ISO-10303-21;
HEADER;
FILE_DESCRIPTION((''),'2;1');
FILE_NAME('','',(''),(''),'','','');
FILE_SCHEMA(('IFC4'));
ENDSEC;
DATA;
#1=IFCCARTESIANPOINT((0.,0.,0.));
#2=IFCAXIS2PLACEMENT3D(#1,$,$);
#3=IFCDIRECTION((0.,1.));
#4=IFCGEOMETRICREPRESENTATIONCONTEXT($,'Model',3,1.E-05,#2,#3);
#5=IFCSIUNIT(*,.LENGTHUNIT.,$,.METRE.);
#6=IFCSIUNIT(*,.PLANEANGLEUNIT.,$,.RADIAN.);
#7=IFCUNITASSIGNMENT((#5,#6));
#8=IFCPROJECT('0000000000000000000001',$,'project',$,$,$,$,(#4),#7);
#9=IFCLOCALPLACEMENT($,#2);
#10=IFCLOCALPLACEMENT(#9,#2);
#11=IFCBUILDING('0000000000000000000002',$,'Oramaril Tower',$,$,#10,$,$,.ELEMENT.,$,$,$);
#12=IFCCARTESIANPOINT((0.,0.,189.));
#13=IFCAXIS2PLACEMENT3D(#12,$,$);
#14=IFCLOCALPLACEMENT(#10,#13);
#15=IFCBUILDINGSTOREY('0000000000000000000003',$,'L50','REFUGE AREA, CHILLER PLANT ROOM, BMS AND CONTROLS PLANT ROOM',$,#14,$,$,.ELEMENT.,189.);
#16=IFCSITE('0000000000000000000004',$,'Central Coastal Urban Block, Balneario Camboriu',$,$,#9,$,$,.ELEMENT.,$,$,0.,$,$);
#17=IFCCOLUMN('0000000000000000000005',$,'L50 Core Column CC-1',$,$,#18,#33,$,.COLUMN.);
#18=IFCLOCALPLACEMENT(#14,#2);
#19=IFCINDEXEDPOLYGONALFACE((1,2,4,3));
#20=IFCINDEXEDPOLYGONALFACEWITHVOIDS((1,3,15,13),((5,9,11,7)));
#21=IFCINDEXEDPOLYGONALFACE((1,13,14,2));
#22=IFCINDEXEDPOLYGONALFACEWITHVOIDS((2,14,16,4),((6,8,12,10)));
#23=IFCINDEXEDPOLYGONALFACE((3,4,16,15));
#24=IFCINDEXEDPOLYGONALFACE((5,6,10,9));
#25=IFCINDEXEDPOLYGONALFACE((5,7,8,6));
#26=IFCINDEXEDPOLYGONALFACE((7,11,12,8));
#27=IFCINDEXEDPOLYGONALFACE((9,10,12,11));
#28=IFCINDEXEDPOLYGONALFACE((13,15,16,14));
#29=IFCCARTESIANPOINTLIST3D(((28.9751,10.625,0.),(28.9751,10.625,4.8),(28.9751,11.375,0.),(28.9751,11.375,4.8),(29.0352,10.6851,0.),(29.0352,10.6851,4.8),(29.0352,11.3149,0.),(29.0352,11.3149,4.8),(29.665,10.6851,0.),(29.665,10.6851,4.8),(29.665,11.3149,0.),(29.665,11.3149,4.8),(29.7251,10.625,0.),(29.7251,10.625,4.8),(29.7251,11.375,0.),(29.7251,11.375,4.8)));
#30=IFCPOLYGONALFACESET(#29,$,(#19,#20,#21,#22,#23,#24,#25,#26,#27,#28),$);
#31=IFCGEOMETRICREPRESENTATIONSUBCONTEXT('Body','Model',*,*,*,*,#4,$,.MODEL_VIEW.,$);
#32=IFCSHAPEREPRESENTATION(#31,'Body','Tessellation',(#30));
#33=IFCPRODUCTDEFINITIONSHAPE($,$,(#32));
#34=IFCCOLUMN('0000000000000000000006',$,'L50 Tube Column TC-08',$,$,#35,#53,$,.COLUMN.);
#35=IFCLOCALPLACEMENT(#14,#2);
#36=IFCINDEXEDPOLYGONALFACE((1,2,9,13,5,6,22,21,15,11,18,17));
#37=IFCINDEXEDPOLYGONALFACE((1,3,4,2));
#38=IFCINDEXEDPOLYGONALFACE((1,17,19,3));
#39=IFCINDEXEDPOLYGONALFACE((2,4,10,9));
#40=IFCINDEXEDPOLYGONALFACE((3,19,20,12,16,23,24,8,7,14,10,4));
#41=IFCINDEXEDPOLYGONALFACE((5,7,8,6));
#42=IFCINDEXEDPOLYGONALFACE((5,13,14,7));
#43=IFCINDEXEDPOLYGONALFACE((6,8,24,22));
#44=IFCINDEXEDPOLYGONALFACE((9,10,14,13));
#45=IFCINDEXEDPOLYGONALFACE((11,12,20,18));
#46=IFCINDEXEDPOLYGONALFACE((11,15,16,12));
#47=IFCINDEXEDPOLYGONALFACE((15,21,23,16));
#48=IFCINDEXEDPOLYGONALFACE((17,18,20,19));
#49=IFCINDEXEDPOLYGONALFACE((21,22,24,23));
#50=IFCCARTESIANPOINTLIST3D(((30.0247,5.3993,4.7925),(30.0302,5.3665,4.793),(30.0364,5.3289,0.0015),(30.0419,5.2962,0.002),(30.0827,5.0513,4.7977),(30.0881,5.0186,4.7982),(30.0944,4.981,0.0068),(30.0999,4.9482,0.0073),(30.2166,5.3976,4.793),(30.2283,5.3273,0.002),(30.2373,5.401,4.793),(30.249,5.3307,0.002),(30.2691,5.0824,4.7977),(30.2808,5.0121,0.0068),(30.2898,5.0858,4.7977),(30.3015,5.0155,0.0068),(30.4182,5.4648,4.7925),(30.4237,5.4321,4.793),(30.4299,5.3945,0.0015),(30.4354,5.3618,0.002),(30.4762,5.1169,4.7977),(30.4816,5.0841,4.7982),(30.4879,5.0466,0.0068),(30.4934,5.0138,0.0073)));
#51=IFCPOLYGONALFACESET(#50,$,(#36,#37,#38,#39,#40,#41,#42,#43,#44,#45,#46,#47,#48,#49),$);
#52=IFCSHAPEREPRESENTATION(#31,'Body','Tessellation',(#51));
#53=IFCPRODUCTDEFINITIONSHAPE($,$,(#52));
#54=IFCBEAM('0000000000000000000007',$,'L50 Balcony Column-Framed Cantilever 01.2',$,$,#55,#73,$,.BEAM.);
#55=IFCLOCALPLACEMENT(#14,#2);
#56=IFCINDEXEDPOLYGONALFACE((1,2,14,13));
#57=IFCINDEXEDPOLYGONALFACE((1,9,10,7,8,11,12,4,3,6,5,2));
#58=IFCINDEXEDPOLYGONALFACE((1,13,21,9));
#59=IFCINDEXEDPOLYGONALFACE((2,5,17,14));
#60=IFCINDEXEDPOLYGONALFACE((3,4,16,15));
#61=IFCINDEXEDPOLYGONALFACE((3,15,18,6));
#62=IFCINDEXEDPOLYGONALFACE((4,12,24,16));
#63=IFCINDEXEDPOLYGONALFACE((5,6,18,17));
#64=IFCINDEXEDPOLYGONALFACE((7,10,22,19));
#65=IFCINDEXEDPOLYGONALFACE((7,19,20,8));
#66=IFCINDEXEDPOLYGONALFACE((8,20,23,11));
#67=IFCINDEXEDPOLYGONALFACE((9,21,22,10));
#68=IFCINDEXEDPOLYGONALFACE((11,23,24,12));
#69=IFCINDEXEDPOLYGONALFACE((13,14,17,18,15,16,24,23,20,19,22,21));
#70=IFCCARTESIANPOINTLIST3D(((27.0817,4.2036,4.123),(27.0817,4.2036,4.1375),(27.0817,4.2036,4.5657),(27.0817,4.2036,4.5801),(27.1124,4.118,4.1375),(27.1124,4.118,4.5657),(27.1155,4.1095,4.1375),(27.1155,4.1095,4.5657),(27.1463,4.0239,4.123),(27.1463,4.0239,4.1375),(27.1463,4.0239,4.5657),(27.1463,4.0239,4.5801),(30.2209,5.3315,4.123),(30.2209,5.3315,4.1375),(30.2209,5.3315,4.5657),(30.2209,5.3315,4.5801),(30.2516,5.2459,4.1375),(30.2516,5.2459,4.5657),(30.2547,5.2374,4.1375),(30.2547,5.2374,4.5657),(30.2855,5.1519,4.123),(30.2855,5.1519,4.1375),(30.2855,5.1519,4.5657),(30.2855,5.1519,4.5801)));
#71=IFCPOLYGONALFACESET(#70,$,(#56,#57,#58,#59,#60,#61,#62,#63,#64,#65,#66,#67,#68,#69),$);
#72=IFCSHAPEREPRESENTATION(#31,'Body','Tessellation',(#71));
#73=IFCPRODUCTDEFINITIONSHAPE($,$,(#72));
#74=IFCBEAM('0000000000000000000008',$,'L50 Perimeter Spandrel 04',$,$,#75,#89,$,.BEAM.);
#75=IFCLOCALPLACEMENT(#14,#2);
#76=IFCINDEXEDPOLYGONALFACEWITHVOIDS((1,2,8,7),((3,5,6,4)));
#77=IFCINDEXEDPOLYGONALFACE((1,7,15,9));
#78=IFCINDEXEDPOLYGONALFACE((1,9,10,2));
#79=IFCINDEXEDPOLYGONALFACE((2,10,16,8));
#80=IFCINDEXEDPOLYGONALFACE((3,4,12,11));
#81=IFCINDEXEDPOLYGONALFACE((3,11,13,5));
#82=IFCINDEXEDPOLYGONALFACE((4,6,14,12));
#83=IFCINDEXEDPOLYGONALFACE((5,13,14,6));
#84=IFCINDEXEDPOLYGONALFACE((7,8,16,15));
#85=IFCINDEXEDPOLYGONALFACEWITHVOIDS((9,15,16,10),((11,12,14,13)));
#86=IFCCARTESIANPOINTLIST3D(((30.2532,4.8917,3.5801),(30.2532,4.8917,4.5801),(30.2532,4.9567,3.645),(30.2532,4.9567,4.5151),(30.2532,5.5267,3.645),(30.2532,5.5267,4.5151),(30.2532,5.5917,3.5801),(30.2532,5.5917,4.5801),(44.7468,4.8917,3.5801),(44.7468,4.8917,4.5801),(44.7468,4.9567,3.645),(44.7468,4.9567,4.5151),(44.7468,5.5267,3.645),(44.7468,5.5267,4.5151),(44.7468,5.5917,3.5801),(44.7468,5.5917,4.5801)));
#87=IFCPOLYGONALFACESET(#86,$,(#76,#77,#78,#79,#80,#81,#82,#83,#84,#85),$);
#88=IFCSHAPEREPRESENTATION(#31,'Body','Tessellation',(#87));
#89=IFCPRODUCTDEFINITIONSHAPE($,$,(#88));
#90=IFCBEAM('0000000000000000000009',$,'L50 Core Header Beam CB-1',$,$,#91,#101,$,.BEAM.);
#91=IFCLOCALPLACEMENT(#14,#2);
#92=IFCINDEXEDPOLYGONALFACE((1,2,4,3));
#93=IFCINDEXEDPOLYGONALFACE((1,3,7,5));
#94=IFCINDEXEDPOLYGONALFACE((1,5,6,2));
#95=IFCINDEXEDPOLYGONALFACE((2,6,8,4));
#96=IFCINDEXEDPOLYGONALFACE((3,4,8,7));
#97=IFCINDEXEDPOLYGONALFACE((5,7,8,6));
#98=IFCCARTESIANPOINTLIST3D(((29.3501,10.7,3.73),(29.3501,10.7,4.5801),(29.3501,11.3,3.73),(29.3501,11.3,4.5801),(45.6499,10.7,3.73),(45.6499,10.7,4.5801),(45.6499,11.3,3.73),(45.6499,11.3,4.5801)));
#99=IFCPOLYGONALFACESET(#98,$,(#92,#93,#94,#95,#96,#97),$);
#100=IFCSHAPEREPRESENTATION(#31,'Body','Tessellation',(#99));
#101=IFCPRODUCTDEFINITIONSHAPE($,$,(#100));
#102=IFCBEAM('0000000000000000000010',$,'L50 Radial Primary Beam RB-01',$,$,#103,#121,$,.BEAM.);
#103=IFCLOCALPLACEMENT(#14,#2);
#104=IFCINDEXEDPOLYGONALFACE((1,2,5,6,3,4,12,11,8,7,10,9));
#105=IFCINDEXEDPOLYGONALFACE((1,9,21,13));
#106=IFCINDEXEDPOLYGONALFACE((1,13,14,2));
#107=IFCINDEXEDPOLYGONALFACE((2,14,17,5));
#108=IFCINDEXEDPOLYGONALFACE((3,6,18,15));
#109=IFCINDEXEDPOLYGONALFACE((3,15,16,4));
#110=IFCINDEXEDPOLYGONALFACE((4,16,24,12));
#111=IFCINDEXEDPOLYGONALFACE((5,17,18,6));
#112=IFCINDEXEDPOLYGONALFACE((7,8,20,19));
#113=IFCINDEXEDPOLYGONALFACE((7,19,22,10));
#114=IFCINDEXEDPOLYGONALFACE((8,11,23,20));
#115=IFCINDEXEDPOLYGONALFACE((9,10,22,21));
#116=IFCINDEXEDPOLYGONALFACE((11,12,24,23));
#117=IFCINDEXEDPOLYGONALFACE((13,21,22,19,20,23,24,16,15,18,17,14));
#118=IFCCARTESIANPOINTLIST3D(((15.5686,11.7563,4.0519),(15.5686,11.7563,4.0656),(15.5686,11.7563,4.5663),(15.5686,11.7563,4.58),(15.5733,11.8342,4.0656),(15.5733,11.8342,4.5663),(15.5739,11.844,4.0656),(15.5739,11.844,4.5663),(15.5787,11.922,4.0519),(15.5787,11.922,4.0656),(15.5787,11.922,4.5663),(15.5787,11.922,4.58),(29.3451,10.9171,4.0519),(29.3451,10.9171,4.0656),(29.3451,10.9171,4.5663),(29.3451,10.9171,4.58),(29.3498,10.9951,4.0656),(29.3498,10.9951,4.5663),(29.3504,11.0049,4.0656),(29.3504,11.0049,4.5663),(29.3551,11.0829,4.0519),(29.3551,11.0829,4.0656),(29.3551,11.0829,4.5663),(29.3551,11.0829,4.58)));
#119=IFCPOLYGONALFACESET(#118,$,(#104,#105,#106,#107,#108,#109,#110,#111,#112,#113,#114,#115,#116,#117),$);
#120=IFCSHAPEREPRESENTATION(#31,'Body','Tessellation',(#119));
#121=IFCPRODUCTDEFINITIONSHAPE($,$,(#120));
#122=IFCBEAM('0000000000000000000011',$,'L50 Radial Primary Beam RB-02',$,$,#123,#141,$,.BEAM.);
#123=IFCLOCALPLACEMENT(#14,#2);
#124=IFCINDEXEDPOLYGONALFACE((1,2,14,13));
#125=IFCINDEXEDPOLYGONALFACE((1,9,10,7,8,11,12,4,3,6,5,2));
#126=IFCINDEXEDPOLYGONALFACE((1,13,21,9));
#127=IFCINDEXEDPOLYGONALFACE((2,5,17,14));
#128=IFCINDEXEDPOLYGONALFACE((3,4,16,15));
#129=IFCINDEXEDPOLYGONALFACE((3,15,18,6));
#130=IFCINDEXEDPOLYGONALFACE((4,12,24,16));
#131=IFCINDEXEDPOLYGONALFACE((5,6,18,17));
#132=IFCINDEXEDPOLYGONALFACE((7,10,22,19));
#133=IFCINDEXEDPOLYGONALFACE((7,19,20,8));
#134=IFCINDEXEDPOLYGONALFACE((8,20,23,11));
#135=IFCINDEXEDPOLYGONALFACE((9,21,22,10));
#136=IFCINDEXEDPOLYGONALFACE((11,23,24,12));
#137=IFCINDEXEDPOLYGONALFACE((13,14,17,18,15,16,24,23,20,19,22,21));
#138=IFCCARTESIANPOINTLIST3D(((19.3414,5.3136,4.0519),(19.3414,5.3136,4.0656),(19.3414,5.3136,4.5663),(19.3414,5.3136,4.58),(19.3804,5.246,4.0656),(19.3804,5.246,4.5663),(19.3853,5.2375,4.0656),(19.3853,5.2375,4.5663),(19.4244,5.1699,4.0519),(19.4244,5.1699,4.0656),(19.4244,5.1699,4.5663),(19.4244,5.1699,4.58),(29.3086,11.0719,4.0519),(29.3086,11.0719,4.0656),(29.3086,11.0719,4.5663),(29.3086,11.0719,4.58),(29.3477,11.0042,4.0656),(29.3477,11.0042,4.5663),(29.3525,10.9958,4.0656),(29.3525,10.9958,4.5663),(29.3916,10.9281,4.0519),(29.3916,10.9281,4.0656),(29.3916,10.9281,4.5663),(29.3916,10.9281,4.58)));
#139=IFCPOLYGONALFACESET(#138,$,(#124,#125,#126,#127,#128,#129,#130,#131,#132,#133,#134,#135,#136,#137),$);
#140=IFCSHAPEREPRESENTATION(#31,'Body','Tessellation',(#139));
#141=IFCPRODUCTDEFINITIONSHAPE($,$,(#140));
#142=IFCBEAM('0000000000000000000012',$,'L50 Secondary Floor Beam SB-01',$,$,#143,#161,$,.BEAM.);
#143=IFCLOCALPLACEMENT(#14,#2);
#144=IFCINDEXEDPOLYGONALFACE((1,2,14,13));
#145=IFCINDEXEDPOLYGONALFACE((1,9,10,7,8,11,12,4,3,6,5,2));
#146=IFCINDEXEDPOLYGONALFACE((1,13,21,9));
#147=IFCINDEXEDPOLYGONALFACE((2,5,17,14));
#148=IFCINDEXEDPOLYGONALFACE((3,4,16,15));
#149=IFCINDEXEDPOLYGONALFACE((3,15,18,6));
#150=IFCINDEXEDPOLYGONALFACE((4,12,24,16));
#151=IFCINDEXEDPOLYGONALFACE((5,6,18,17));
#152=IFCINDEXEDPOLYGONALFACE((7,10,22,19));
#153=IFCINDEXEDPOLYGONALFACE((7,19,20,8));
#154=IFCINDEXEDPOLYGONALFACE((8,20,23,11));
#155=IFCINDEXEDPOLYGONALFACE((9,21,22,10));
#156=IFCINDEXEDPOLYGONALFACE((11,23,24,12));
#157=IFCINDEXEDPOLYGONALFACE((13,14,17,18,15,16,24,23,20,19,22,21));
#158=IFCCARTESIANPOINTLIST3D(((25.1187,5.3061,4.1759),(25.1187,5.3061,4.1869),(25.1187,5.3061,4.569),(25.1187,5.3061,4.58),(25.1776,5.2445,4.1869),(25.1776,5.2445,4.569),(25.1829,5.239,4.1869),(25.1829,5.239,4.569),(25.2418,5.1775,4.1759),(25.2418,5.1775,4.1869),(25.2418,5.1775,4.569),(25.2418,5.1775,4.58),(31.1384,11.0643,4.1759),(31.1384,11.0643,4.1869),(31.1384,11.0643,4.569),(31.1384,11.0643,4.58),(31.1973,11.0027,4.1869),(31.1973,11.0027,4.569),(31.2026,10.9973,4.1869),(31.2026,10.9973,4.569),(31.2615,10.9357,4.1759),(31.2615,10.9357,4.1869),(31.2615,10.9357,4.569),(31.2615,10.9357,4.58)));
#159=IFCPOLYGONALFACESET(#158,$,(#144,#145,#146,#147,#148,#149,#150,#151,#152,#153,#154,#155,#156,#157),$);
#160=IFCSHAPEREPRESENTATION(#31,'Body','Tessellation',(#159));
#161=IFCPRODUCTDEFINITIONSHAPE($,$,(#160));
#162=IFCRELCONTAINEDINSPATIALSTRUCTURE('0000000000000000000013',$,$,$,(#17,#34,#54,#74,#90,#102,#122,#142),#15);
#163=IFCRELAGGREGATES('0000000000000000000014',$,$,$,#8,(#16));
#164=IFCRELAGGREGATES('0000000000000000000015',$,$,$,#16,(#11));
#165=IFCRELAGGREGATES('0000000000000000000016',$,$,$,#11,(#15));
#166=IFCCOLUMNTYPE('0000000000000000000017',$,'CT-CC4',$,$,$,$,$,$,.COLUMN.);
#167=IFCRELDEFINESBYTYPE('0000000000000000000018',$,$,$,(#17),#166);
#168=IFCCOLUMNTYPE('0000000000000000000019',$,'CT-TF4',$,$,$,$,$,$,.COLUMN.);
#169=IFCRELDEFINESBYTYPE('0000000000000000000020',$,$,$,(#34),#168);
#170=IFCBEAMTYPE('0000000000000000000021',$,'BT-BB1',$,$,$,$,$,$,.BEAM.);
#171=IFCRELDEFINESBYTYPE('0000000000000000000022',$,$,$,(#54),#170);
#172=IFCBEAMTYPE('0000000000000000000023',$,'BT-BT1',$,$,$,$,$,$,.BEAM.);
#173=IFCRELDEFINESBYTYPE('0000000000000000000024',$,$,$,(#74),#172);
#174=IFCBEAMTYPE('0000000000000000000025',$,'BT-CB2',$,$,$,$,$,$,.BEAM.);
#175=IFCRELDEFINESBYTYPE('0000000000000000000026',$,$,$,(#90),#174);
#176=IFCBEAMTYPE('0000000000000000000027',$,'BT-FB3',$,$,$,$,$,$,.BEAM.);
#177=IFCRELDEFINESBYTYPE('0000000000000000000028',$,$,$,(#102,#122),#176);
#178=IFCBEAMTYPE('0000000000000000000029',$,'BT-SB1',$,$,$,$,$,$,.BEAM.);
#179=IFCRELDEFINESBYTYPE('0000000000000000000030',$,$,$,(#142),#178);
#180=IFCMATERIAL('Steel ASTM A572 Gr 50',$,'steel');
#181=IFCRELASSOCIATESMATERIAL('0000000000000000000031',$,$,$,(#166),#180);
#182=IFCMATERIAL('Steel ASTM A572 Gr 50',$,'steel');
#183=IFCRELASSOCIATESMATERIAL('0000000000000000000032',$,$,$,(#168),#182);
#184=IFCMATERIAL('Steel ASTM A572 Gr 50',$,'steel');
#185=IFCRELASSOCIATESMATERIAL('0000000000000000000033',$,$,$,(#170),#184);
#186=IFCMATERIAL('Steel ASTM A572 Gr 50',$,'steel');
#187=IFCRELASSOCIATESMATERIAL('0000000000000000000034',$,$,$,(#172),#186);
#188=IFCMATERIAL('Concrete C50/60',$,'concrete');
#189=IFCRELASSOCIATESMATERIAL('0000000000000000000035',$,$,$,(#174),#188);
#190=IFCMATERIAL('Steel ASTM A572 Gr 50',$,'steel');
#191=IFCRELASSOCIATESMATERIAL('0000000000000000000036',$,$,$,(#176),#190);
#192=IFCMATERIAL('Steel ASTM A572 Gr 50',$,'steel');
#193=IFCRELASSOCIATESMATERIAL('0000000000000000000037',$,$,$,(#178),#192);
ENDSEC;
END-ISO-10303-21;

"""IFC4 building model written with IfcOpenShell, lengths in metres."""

from ifc_helpers import new_model, si_unit, direction, frame, origin, origin_2d, place, context, subcontext, project, spatial, rectangle, hollow_rectangle, i_section, extrude, material, material_profile, profile_set, type_object, element, save


model = new_model("IFC4")

# Units and contexts
model_context = context("Model", 3, precision=1e-05, world=origin(), true_north=direction((0.0, 1.0)))
body_context = subcontext(model_context, "Body", "Model", "MODEL_VIEW")
ifc_project = project(units=[si_unit("LENGTHUNIT", "METRE"), si_unit("PLANEANGLEUNIT", "RADIAN")], contexts=[model_context])

# Site, building, storey
site_placement = place(None, origin())
site = spatial("IfcSite", under=ifc_project, at=site_placement, Name="Central Coastal Urban Block, Balneario Camboriu", CompositionType="ELEMENT", RefElevation=0.0)
building_placement = place(site_placement, origin())
building = spatial("IfcBuilding", under=site, at=building_placement, Name="Oramaril Tower", CompositionType="ELEMENT")
storey_placement = place(building_placement, frame((0.0, 0.0, 189.0)))
storey = spatial("IfcBuildingStorey", under=building, at=storey_placement, Name="L50", Description="REFUGE AREA, CHILLER PLANT ROOM, BMS AND CONTROLS PLANT ROOM", CompositionType="ELEMENT", Elevation=189.0)

# Columns
ifc_material_1 = material(Name="Steel ASTM A572 Gr 50", Category="steel")
ifc_material_profile_1 = material_profile(ifc_material_1, hollow_rectangle(XDim=0.75, YDim=0.75, WallThickness=0.0601, at=origin_2d()), Name="BOX750X750X60")
ifc_profile_set_1 = profile_set([ifc_material_profile_1], Name="Steel ASTM A572 Gr 50")
column_type_1 = type_object("IfcColumnType", Name="CT-CC4", PredefinedType="COLUMN", material=ifc_profile_set_1)
column_1_placement = place(storey_placement, frame((29.3501, 11.0, 0.0), z_axis=(0.0, 0.0, 1.0), x_axis=(1.0, 0.0, 0.0)))
element("IfcColumn", 1, at=column_1_placement, inside=storey, type_object=column_type_1, Name="L50 Core Column CC-1", PredefinedType="COLUMN", context=body_context, shape_type="SweptSolid", body=[
    extrude(hollow_rectangle(XDim=0.75, YDim=0.75, WallThickness=0.0601, at=origin_2d()), origin(), (0.0, 0.0, 1.0), 4.8),
])
ifc_material_2 = material(Name="Steel ASTM A572 Gr 50", Category="steel")
ifc_material_profile_2 = material_profile(ifc_material_2, i_section(OverallWidth=0.3989, OverallDepth=0.386, WebThickness=0.021, FlangeThickness=0.0332, at=origin_2d()), Name="W14X176")
ifc_profile_set_2 = profile_set([ifc_material_profile_2], Name="Steel ASTM A572 Gr 50")
column_type_2 = type_object("IfcColumnType", Name="CT-TF4", PredefinedType="COLUMN", material=ifc_profile_set_2)
column_2_placement = place(storey_placement, frame((30.2649, 5.1714, 0.0044), z_axis=(-0.002446, 0.014674, 0.999889), x_axis=(-0.986394, -0.164399, 0.0)))
element("IfcColumn", 2, at=column_2_placement, inside=storey, type_object=column_type_2, Name="L50 Tube Column TC-08", PredefinedType="COLUMN", context=body_context, shape_type="SweptSolid", body=[
    extrude(i_section(OverallWidth=0.3989, OverallDepth=0.386, WebThickness=0.021, FlangeThickness=0.0332, at=origin_2d()), origin(), (0.0, 0.0, 1.0), 4.7915),
])

# Beams
ifc_material_3 = material(Name="Steel ASTM A572 Gr 50", Category="steel")
ifc_material_profile_3 = material_profile(ifc_material_3, i_section(OverallWidth=0.1909, OverallDepth=0.457, WebThickness=0.009, FlangeThickness=0.0144, at=origin_2d()), Name="W18X50")
ifc_profile_set_3 = profile_set([ifc_material_profile_3], Name="Steel ASTM A572 Gr 50")
beam_type_1 = type_object("IfcBeamType", Name="BT-BB1", PredefinedType="BEAM", material=ifc_profile_set_3)
beam_1_placement = place(storey_placement, frame((30.2532, 5.2417, 4.3516), z_axis=(-0.941094, -0.338144, 0.0), x_axis=(0.338144, -0.941094, 0.0)))
element("IfcBeam", 3, at=beam_1_placement, inside=storey, type_object=beam_type_1, Name="L50 Balcony Column-Framed Cantilever 01.2", PredefinedType="BEAM", context=body_context, shape_type="SweptSolid", body=[
    extrude(i_section(OverallWidth=0.1909, OverallDepth=0.457, WebThickness=0.009, FlangeThickness=0.0144, at=origin_2d()), origin(), (0.0, 0.0, 1.0), 3.3357),
])
ifc_material_4 = material(Name="Steel ASTM A572 Gr 50", Category="steel")
ifc_material_profile_4 = material_profile(ifc_material_4, hollow_rectangle(XDim=0.7, YDim=1.0, WallThickness=0.0649, at=origin_2d()), Name="BOX1000X700X65")
ifc_profile_set_4 = profile_set([ifc_material_profile_4], Name="Steel ASTM A572 Gr 50")
beam_type_2 = type_object("IfcBeamType", Name="BT-BT1", PredefinedType="BEAM", material=ifc_profile_set_4)
beam_2_placement = place(storey_placement, frame((30.2532, 5.2417, 4.0801), z_axis=(1.0, 0.0, 0.0), x_axis=(0.0, 1.0, 0.0)))
element("IfcBeam", 4, at=beam_2_placement, inside=storey, type_object=beam_type_2, Name="L50 Perimeter Spandrel 04", PredefinedType="BEAM", context=body_context, shape_type="SweptSolid", body=[
    extrude(hollow_rectangle(XDim=0.7, YDim=1.0, WallThickness=0.0649, at=origin_2d()), origin(), (0.0, 0.0, 1.0), 14.4937),
])
ifc_material_5 = material(Name="Concrete C50/60", Category="concrete")
ifc_material_profile_5 = material_profile(ifc_material_5, rectangle(XDim=0.6001, YDim=0.8501, at=origin_2d()), Name="CB600X850")
ifc_profile_set_5 = profile_set([ifc_material_profile_5], Name="Concrete C50/60")
beam_type_3 = type_object("IfcBeamType", Name="BT-CB2", PredefinedType="BEAM", material=ifc_profile_set_5)
beam_3_placement = place(storey_placement, frame((29.3501, 11.0, 4.155), z_axis=(1.0, 0.0, 0.0), x_axis=(0.0, 1.0, 0.0)))
element("IfcBeam", 5, at=beam_3_placement, inside=storey, type_object=beam_type_3, Name="L50 Core Header Beam CB-1", PredefinedType="BEAM", context=body_context, shape_type="SweptSolid", body=[
    extrude(rectangle(XDim=0.6001, YDim=0.8501, at=origin_2d()), origin(), (0.0, 0.0, 1.0), 16.2998),
])
ifc_material_6 = material(Name="Steel ASTM A572 Gr 50", Category="steel")
ifc_material_profile_6 = material_profile(ifc_material_6, i_section(OverallWidth=0.166, OverallDepth=0.5281, WebThickness=0.0098, FlangeThickness=0.0137, at=origin_2d()), Name="W21X50")
ifc_profile_set_6 = profile_set([ifc_material_profile_6], Name="Steel ASTM A572 Gr 50")
beam_type_4 = type_object("IfcBeamType", Name="BT-FB3", PredefinedType="BEAM", material=ifc_profile_set_6)
beam_4_placement = place(storey_placement, frame((29.3501, 11.0, 4.3159), z_axis=(-0.99815, 0.060797, 0.0), x_axis=(-0.060797, -0.99815, 0.0)))
element("IfcBeam", 6, at=beam_4_placement, inside=storey, type_object=beam_type_4, Name="L50 Radial Primary Beam RB-01", PredefinedType="BEAM", context=body_context, shape_type="SweptSolid", body=[
    extrude(i_section(OverallWidth=0.166, OverallDepth=0.5281, WebThickness=0.0098, FlangeThickness=0.0137, at=origin_2d()), origin(), (0.0, 0.0, 1.0), 13.802),
])
beam_5_placement = place(storey_placement, frame((29.3501, 11.0, 4.3159), z_axis=(-0.865887, -0.50024, 0.0), x_axis=(0.50024, -0.865887, 0.0)))
element("IfcBeam", 7, at=beam_5_placement, inside=storey, type_object=beam_type_4, Name="L50 Radial Primary Beam RB-02", PredefinedType="BEAM", context=body_context, shape_type="SweptSolid", body=[
    extrude(i_section(OverallWidth=0.166, OverallDepth=0.5281, WebThickness=0.0098, FlangeThickness=0.0137, at=origin_2d()), origin(), (0.0, 0.0, 1.0), 11.511),
])
ifc_material_7 = material(Name="Steel ASTM A572 Gr 50", Category="steel")
ifc_material_profile_7 = material_profile(ifc_material_7, i_section(OverallWidth=0.178, OverallDepth=0.4041, WebThickness=0.0076, FlangeThickness=0.011, at=origin_2d()), Name="W16X36")
ifc_profile_set_7 = profile_set([ifc_material_profile_7], Name="Steel ASTM A572 Gr 50")
beam_type_5 = type_object("IfcBeamType", Name="BT-SB1", PredefinedType="BEAM", material=ifc_profile_set_7)
beam_6_placement = place(storey_placement, frame((31.2, 11.0, 4.3779), z_axis=(-0.722627, -0.691239, 0.0), x_axis=(0.691239, -0.722627, 0.0)))
element("IfcBeam", 8, at=beam_6_placement, inside=storey, type_object=beam_type_5, Name="L50 Secondary Floor Beam SB-01", PredefinedType="BEAM", context=body_context, shape_type="SweptSolid", body=[
    extrude(i_section(OverallWidth=0.178, OverallDepth=0.4041, WebThickness=0.0076, FlangeThickness=0.011, at=origin_2d()), origin(), (0.0, 0.0, 1.0), 8.3303),
])

save(model, "model.ifc")
